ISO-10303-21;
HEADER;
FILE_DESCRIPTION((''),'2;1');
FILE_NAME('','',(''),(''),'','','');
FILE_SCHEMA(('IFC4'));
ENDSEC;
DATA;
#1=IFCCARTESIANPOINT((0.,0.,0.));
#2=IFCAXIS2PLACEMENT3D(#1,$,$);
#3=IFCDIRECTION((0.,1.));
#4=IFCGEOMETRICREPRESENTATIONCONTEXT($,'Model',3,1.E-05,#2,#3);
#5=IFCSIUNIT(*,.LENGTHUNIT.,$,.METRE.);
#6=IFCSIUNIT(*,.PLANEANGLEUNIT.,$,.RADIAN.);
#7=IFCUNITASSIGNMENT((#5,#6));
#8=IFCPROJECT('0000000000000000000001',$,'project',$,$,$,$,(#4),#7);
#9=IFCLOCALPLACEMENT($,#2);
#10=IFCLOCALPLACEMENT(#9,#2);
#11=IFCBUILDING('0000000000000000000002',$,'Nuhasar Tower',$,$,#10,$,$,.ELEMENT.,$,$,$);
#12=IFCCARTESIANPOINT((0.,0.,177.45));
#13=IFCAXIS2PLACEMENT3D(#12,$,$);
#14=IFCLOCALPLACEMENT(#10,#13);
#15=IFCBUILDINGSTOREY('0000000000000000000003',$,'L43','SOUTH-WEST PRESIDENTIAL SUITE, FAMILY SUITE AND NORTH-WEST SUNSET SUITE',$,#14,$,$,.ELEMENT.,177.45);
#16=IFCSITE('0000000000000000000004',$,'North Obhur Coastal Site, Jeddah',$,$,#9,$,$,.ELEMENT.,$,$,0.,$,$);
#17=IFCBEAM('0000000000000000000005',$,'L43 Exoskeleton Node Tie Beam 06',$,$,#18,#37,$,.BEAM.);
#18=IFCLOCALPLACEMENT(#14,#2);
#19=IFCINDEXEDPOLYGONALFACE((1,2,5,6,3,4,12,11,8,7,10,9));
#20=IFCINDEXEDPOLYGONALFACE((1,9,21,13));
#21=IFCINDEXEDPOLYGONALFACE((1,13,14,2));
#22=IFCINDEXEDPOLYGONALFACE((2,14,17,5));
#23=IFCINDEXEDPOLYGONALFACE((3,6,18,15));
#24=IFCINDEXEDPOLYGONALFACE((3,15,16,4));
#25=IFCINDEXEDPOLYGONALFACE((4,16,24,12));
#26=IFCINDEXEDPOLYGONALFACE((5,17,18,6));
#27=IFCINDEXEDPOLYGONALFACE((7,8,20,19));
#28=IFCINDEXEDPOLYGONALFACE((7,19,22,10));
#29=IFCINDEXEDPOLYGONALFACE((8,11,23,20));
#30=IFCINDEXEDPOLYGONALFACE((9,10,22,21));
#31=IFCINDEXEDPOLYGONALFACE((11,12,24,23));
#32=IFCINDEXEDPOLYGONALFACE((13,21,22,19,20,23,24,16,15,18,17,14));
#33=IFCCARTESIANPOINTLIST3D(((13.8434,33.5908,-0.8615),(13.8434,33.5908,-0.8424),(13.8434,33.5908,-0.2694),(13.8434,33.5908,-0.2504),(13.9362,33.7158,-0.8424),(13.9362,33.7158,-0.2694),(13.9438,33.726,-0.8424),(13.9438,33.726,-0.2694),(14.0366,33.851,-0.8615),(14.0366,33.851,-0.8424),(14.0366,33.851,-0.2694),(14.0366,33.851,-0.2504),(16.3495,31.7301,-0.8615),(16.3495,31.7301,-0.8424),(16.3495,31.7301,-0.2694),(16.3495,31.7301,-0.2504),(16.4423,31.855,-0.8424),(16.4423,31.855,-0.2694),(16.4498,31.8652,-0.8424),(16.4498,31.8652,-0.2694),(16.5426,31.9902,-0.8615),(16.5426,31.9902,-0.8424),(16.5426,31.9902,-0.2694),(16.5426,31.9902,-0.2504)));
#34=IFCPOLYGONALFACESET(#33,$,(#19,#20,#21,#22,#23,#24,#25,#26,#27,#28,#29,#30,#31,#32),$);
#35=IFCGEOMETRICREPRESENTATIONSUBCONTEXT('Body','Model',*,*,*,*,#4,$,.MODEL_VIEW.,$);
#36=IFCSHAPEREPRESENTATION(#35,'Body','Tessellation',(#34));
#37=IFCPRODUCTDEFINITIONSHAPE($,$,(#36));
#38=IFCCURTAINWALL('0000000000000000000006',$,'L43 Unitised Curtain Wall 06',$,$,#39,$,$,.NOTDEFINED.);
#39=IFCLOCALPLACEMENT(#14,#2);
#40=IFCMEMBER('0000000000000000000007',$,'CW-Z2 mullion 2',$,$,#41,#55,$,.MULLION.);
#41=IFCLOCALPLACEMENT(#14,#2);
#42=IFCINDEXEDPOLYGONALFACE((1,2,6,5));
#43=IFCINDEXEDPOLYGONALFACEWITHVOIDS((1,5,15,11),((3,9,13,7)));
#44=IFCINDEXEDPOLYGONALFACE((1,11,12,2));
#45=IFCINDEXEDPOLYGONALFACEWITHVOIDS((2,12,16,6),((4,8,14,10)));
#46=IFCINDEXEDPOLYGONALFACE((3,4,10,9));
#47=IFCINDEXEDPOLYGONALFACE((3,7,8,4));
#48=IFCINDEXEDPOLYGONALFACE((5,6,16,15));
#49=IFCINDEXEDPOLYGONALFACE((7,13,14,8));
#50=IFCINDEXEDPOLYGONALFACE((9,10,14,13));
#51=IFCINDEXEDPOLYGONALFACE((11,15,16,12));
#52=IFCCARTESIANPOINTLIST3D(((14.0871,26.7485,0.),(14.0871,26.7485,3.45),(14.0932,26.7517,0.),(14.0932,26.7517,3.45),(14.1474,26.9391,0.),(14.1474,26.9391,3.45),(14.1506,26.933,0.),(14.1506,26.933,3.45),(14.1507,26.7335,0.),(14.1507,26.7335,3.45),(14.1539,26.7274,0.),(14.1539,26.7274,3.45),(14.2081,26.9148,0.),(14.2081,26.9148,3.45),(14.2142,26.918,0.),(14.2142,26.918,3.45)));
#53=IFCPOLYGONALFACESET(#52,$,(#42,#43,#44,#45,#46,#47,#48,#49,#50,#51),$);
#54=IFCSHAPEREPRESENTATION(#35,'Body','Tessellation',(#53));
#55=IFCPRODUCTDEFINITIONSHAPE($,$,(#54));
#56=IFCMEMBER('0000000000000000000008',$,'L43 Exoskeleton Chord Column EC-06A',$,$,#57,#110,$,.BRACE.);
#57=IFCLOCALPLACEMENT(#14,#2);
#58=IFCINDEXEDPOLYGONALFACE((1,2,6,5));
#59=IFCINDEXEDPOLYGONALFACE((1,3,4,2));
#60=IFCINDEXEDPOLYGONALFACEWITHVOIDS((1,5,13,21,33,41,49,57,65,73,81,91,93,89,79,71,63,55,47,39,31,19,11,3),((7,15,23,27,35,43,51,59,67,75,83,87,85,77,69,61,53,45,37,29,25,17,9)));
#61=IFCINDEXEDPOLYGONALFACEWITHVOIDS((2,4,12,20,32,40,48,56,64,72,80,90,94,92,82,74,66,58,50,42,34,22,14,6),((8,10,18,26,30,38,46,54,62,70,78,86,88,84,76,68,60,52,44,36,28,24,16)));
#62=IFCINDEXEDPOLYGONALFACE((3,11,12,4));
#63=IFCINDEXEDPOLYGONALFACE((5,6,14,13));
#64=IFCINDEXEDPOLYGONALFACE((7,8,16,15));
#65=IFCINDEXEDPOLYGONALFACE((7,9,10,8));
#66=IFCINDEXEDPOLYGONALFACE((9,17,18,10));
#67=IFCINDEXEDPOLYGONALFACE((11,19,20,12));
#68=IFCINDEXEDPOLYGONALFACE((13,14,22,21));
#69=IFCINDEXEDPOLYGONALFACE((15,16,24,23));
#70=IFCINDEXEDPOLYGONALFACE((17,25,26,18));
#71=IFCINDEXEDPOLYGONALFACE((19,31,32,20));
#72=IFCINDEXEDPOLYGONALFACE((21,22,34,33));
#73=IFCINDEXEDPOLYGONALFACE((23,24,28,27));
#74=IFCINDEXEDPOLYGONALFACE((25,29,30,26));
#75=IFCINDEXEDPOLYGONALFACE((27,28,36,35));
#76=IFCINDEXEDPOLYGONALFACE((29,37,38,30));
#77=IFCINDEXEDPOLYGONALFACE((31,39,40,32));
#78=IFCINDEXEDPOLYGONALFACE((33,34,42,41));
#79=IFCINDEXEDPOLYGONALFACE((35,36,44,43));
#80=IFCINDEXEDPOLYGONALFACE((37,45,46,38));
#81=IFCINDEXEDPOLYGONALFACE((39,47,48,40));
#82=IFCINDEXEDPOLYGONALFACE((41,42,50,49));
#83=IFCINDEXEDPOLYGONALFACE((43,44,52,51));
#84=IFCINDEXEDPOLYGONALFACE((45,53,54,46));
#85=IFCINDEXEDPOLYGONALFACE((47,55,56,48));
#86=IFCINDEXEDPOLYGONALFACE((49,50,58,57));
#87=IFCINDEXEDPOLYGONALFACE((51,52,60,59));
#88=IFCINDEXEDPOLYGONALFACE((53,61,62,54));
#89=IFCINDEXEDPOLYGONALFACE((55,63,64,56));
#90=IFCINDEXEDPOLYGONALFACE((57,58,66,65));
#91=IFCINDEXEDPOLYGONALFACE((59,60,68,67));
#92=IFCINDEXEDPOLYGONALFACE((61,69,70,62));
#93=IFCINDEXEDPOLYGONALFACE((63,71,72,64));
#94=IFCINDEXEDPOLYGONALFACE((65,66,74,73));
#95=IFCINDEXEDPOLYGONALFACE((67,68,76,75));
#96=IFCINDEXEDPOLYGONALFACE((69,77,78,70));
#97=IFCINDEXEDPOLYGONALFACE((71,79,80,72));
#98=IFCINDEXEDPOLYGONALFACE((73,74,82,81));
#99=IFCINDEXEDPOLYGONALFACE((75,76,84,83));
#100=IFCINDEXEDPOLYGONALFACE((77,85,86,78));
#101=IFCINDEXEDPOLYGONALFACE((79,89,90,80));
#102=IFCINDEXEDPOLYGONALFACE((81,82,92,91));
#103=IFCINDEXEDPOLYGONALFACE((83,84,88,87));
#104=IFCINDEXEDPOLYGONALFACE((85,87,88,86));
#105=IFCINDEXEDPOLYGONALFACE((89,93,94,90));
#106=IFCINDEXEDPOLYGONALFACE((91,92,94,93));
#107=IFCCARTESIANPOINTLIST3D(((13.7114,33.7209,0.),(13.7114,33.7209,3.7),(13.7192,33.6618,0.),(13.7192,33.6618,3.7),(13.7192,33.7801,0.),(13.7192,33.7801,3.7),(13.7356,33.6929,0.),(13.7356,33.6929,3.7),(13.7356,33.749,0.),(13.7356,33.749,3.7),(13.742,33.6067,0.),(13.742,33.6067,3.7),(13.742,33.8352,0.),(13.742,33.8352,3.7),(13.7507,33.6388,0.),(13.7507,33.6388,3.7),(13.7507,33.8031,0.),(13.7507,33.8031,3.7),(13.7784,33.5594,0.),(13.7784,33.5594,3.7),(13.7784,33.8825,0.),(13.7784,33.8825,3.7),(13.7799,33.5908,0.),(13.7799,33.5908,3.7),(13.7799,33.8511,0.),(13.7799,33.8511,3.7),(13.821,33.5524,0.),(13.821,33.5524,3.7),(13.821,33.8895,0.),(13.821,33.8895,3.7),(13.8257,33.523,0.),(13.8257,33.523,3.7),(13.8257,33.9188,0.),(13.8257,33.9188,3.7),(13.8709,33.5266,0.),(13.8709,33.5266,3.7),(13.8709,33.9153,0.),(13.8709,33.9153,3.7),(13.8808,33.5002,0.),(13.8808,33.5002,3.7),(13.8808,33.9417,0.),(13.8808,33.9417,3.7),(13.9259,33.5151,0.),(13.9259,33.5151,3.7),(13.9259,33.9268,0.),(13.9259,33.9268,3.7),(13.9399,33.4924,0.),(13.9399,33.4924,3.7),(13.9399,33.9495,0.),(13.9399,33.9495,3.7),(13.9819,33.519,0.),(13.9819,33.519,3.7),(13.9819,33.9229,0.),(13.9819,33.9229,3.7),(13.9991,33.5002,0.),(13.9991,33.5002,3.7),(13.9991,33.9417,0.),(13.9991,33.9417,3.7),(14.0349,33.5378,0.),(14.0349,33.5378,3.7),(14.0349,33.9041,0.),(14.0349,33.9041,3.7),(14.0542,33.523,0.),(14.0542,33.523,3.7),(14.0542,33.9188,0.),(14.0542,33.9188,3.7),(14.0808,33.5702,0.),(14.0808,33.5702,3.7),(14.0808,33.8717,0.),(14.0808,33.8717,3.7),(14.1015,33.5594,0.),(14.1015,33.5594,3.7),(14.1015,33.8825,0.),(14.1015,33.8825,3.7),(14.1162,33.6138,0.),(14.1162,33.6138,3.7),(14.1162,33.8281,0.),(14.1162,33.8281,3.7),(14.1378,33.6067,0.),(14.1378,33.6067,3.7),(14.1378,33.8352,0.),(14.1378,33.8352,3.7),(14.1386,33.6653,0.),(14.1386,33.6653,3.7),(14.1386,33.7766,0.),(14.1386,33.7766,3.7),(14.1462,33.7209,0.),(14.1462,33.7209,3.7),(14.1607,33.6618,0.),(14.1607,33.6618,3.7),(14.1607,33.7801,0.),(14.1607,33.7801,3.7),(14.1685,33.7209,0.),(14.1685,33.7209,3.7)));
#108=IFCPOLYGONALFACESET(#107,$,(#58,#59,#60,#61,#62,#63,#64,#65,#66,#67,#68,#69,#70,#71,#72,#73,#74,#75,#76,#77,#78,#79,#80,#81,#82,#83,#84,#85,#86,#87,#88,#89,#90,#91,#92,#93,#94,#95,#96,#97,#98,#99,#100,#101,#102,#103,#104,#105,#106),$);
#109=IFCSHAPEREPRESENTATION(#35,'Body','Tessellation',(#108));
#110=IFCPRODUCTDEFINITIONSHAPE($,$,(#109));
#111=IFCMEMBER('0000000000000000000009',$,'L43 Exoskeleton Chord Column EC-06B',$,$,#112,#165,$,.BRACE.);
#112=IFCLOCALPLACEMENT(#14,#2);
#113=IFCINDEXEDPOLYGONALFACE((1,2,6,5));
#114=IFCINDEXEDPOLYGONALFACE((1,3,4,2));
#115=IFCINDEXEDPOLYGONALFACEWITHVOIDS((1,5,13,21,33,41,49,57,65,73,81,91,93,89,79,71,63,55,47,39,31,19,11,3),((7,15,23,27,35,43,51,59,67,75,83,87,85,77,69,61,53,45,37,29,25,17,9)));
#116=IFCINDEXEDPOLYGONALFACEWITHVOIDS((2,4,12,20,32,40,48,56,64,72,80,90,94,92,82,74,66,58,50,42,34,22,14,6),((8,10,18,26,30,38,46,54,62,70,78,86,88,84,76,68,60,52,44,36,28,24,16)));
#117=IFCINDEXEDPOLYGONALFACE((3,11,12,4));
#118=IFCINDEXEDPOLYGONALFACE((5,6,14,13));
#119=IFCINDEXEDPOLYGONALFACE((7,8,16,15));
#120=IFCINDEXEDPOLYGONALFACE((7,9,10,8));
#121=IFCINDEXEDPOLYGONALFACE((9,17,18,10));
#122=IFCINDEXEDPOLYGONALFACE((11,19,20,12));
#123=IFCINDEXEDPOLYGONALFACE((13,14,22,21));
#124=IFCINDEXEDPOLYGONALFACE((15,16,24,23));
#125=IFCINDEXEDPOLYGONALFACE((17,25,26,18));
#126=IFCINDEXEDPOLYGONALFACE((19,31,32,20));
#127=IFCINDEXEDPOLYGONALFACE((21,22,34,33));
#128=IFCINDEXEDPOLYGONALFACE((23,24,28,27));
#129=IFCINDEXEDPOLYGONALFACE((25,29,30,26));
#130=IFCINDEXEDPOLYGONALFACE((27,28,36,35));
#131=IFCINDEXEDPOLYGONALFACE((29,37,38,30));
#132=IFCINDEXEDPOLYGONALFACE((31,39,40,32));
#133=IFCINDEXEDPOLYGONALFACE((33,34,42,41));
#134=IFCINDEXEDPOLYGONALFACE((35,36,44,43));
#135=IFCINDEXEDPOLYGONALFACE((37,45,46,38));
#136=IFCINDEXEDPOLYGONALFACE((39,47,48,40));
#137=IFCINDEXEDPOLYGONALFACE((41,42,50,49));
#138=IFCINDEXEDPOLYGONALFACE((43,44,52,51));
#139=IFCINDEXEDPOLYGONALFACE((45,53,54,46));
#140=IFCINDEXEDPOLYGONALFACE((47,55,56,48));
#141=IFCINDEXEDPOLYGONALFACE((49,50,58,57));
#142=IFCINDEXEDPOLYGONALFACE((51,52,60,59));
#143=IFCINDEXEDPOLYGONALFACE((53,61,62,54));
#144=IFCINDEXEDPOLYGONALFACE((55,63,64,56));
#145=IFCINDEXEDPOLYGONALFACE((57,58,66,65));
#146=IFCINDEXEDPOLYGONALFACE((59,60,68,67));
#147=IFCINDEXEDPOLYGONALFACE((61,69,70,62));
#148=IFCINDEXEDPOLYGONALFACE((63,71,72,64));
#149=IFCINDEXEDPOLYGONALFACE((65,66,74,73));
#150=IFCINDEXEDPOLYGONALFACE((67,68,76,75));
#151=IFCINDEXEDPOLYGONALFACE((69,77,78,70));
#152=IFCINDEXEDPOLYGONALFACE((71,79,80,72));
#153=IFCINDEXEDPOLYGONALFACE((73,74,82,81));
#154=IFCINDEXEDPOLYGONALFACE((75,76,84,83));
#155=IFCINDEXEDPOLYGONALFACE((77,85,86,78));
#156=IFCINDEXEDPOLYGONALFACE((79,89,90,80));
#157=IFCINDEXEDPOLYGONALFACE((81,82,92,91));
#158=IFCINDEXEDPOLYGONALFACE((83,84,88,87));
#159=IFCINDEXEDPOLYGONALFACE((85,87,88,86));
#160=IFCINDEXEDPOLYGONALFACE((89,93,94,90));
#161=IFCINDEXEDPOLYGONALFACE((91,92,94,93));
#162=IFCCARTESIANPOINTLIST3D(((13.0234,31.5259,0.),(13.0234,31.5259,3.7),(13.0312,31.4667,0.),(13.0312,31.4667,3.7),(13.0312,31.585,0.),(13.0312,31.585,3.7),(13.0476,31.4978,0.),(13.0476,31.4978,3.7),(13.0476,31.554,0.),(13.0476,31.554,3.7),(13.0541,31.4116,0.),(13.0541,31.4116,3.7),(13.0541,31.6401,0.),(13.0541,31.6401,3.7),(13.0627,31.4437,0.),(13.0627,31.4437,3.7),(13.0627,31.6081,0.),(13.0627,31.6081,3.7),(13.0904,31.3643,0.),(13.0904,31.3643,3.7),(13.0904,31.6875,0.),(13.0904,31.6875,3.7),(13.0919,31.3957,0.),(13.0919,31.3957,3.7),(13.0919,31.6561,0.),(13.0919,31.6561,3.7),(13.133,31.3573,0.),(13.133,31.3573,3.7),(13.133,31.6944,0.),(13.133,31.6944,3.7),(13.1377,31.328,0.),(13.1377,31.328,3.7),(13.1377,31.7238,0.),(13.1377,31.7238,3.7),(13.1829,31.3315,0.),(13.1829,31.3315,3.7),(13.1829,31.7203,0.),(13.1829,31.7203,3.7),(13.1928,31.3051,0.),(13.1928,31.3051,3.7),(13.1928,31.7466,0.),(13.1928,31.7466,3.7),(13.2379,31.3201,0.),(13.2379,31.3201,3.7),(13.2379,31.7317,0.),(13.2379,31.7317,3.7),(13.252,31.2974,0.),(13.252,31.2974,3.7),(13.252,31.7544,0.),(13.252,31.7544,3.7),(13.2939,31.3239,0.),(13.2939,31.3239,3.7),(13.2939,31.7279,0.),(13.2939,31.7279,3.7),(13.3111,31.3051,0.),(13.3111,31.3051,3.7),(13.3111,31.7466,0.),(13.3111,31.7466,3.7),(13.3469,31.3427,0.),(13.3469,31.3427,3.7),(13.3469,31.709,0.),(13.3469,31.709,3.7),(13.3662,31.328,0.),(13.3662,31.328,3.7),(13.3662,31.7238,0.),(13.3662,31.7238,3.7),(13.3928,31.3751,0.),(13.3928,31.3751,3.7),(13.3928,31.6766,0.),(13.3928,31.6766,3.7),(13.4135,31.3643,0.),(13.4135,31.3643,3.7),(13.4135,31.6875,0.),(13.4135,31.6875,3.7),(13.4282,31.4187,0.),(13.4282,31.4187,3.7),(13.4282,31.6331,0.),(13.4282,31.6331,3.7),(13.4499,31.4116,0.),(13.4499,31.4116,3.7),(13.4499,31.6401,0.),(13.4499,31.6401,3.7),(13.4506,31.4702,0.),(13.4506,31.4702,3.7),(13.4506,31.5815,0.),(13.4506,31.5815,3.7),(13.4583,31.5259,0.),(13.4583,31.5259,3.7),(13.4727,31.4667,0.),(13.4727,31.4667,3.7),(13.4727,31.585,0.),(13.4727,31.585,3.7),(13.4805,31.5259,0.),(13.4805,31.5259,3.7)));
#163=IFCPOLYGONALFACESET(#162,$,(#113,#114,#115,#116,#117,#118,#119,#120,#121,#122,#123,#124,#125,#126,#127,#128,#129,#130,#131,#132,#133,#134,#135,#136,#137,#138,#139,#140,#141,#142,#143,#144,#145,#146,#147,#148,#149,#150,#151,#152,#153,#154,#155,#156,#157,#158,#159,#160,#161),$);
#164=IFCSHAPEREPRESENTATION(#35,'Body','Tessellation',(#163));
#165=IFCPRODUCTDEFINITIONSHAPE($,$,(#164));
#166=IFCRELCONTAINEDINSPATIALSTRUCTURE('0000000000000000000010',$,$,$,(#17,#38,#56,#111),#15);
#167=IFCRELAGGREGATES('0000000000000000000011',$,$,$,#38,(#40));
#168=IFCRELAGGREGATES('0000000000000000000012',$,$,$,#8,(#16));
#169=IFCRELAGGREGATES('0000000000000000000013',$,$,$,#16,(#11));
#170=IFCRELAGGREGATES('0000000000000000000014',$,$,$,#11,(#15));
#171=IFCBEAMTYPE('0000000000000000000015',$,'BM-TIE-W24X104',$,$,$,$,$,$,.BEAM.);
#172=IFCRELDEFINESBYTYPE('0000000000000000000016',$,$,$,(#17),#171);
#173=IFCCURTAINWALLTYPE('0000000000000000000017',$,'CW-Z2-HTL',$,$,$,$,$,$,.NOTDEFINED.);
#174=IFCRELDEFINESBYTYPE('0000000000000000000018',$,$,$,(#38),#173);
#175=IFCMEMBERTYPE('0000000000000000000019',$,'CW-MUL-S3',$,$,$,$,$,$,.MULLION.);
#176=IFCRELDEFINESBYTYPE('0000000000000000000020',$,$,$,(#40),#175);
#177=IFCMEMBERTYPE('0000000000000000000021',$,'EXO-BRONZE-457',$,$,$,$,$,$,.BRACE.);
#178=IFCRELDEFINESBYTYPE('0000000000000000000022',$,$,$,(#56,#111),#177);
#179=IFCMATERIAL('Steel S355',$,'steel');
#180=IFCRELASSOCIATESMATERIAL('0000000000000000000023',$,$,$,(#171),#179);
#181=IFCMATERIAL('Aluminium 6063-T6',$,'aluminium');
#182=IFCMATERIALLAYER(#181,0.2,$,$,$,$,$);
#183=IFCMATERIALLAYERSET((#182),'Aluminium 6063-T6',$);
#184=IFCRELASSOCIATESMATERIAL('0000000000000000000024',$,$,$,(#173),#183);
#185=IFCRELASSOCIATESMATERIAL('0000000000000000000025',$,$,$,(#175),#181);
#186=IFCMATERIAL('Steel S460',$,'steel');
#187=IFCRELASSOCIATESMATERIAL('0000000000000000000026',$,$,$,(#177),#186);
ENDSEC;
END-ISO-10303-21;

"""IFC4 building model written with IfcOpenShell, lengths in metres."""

from ifc_helpers import new_model, si_unit, direction, frame, origin, origin_2d, place, context, subcontext, project, spatial, hollow_rectangle, hollow_circle, i_section, extrude, material, layer, layer_set, material_profile, profile_set, type_object, element, aggregate, save


model = new_model("IFC4")

# Units and contexts
model_context = context("Model", 3, precision=1e-05, world=origin(), true_north=direction((0.0, 1.0)))
body_context = subcontext(model_context, "Body", "Model", "MODEL_VIEW")
ifc_project = project(units=[si_unit("LENGTHUNIT", "METRE"), si_unit("PLANEANGLEUNIT", "RADIAN")], contexts=[model_context])

# Site, building, storey
site_placement = place(None, origin())
site = spatial("IfcSite", under=ifc_project, at=site_placement, Name="North Obhur Coastal Site, Jeddah", CompositionType="ELEMENT", RefElevation=0.0)
building_placement = place(site_placement, origin())
building = spatial("IfcBuilding", under=site, at=building_placement, Name="Nuhasar Tower", CompositionType="ELEMENT")
storey_placement = place(building_placement, frame((0.0, 0.0, 177.45)))
storey = spatial("IfcBuildingStorey", under=building, at=storey_placement, Name="L43", Description="SOUTH-WEST PRESIDENTIAL SUITE, FAMILY SUITE AND NORTH-WEST SUNSET SUITE", CompositionType="ELEMENT", Elevation=177.45)

# Beam
ifc_material_1 = material(Name="Steel S355", Category="steel")
ifc_material_profile_1 = material_profile(ifc_material_1, i_section(OverallWidth=0.324, OverallDepth=0.6111, WebThickness=0.0127, FlangeThickness=0.019, at=origin_2d()), Name="W24X104")
ifc_profile_set_1 = profile_set([ifc_material_profile_1], Name="Steel S355")
beam_type_1 = type_object("IfcBeamType", Name="BM-TIE-W24X104", PredefinedType="BEAM", material=ifc_profile_set_1)
beam_1_placement = place(storey_placement, frame((16.446, 31.8601, -0.5559), z_axis=(-0.802872, 0.596151, 0.0), x_axis=(-0.596151, -0.802872, 0.0)))
element("IfcBeam", 1, at=beam_1_placement, inside=storey, type_object=beam_type_1, Name="L43 Exoskeleton Node Tie Beam 06", PredefinedType="BEAM", context=body_context, shape_type="SweptSolid", body=[
    extrude(i_section(OverallWidth=0.324, OverallDepth=0.6111, WebThickness=0.0127, FlangeThickness=0.019, at=origin_2d()), origin(), (0.0, 0.0, 1.0), 3.1213),
])

# Curtain wall, member
ifc_material_2 = material(Name="Aluminium 6063-T6", Category="aluminium")
ifc_layer_1 = layer(ifc_material_2, 0.2)
ifc_layer_set_1 = layer_set([ifc_layer_1], Name="Aluminium 6063-T6")
curtain_wall_type = type_object("IfcCurtainWallType", Name="CW-Z2-HTL", PredefinedType="NOTDEFINED", material=ifc_layer_set_1)
curtain_wall_placement = place(storey_placement, origin())
curtain_wall = element("IfcCurtainWall", 2, at=curtain_wall_placement, inside=storey, type_object=curtain_wall_type, Name="L43 Unitised Curtain Wall 06", PredefinedType="NOTDEFINED")
ifc_material_profile_2 = material_profile(ifc_material_2, hollow_rectangle(XDim=0.0701, YDim=0.2, WallThickness=0.0049, at=origin_2d()), Name="CWM-3")
ifc_profile_set_2 = profile_set([ifc_material_profile_2], Name="Aluminium 6063-T6")
member_type_1 = type_object("IfcMemberType", Name="CW-MUL-S3", PredefinedType="MULLION", material=ifc_profile_set_2)
member_1_placement = place(storey_placement, frame((14.1506, 26.8333, 0.0), z_axis=(0.0, 0.0, 1.0), x_axis=(0.953433, -0.301604, 0.0)))
member_1 = element("IfcMember", 3, at=member_1_placement, type_object=member_type_1, Name="CW-Z2 mullion 2", PredefinedType="MULLION", context=body_context, shape_type="SweptSolid", body=[
    extrude(hollow_rectangle(XDim=0.0701, YDim=0.2, WallThickness=0.0049, at=origin_2d()), origin(), (0.0, 0.0, 1.0), 3.45),
])

# Members
ifc_material_3 = material(Name="Steel S460", Category="steel")
ifc_material_profile_3 = material_profile(ifc_material_3, hollow_circle(Radius=0.2285, WallThickness=0.0222, at=origin_2d()), Name="HSS457X22.2")
ifc_profile_set_3 = profile_set([ifc_material_profile_3], Name="Steel S460")
member_type_2 = type_object("IfcMemberType", Name="EXO-BRONZE-457", PredefinedType="BRACE", material=ifc_profile_set_3)
for number, where, z_axis, x_axis, name in (
    (4, (13.9399, 33.7209, 0.0), (0.0, 0.0, 1.0), (1.0, 0.0, 0.0), "L43 Exoskeleton Chord Column EC-06A"),
    (5, (13.252, 31.5259, 0.0), (0.0, 0.0, 1.0), (1.0, 0.0, 0.0), "L43 Exoskeleton Chord Column EC-06B"),
):
    element("IfcMember", number, at=place(storey_placement, frame(where, z_axis=z_axis, x_axis=x_axis)), inside=storey, type_object=member_type_2, Name=name, PredefinedType="BRACE", context=body_context, shape_type="SweptSolid", body=[
        extrude(hollow_circle(Radius=0.2285, WallThickness=0.0222, at=origin_2d()), origin(), (0.0, 0.0, 1.0), 3.7),
    ])

aggregate(curtain_wall, [member_1])

save(model, "model.ifc")
